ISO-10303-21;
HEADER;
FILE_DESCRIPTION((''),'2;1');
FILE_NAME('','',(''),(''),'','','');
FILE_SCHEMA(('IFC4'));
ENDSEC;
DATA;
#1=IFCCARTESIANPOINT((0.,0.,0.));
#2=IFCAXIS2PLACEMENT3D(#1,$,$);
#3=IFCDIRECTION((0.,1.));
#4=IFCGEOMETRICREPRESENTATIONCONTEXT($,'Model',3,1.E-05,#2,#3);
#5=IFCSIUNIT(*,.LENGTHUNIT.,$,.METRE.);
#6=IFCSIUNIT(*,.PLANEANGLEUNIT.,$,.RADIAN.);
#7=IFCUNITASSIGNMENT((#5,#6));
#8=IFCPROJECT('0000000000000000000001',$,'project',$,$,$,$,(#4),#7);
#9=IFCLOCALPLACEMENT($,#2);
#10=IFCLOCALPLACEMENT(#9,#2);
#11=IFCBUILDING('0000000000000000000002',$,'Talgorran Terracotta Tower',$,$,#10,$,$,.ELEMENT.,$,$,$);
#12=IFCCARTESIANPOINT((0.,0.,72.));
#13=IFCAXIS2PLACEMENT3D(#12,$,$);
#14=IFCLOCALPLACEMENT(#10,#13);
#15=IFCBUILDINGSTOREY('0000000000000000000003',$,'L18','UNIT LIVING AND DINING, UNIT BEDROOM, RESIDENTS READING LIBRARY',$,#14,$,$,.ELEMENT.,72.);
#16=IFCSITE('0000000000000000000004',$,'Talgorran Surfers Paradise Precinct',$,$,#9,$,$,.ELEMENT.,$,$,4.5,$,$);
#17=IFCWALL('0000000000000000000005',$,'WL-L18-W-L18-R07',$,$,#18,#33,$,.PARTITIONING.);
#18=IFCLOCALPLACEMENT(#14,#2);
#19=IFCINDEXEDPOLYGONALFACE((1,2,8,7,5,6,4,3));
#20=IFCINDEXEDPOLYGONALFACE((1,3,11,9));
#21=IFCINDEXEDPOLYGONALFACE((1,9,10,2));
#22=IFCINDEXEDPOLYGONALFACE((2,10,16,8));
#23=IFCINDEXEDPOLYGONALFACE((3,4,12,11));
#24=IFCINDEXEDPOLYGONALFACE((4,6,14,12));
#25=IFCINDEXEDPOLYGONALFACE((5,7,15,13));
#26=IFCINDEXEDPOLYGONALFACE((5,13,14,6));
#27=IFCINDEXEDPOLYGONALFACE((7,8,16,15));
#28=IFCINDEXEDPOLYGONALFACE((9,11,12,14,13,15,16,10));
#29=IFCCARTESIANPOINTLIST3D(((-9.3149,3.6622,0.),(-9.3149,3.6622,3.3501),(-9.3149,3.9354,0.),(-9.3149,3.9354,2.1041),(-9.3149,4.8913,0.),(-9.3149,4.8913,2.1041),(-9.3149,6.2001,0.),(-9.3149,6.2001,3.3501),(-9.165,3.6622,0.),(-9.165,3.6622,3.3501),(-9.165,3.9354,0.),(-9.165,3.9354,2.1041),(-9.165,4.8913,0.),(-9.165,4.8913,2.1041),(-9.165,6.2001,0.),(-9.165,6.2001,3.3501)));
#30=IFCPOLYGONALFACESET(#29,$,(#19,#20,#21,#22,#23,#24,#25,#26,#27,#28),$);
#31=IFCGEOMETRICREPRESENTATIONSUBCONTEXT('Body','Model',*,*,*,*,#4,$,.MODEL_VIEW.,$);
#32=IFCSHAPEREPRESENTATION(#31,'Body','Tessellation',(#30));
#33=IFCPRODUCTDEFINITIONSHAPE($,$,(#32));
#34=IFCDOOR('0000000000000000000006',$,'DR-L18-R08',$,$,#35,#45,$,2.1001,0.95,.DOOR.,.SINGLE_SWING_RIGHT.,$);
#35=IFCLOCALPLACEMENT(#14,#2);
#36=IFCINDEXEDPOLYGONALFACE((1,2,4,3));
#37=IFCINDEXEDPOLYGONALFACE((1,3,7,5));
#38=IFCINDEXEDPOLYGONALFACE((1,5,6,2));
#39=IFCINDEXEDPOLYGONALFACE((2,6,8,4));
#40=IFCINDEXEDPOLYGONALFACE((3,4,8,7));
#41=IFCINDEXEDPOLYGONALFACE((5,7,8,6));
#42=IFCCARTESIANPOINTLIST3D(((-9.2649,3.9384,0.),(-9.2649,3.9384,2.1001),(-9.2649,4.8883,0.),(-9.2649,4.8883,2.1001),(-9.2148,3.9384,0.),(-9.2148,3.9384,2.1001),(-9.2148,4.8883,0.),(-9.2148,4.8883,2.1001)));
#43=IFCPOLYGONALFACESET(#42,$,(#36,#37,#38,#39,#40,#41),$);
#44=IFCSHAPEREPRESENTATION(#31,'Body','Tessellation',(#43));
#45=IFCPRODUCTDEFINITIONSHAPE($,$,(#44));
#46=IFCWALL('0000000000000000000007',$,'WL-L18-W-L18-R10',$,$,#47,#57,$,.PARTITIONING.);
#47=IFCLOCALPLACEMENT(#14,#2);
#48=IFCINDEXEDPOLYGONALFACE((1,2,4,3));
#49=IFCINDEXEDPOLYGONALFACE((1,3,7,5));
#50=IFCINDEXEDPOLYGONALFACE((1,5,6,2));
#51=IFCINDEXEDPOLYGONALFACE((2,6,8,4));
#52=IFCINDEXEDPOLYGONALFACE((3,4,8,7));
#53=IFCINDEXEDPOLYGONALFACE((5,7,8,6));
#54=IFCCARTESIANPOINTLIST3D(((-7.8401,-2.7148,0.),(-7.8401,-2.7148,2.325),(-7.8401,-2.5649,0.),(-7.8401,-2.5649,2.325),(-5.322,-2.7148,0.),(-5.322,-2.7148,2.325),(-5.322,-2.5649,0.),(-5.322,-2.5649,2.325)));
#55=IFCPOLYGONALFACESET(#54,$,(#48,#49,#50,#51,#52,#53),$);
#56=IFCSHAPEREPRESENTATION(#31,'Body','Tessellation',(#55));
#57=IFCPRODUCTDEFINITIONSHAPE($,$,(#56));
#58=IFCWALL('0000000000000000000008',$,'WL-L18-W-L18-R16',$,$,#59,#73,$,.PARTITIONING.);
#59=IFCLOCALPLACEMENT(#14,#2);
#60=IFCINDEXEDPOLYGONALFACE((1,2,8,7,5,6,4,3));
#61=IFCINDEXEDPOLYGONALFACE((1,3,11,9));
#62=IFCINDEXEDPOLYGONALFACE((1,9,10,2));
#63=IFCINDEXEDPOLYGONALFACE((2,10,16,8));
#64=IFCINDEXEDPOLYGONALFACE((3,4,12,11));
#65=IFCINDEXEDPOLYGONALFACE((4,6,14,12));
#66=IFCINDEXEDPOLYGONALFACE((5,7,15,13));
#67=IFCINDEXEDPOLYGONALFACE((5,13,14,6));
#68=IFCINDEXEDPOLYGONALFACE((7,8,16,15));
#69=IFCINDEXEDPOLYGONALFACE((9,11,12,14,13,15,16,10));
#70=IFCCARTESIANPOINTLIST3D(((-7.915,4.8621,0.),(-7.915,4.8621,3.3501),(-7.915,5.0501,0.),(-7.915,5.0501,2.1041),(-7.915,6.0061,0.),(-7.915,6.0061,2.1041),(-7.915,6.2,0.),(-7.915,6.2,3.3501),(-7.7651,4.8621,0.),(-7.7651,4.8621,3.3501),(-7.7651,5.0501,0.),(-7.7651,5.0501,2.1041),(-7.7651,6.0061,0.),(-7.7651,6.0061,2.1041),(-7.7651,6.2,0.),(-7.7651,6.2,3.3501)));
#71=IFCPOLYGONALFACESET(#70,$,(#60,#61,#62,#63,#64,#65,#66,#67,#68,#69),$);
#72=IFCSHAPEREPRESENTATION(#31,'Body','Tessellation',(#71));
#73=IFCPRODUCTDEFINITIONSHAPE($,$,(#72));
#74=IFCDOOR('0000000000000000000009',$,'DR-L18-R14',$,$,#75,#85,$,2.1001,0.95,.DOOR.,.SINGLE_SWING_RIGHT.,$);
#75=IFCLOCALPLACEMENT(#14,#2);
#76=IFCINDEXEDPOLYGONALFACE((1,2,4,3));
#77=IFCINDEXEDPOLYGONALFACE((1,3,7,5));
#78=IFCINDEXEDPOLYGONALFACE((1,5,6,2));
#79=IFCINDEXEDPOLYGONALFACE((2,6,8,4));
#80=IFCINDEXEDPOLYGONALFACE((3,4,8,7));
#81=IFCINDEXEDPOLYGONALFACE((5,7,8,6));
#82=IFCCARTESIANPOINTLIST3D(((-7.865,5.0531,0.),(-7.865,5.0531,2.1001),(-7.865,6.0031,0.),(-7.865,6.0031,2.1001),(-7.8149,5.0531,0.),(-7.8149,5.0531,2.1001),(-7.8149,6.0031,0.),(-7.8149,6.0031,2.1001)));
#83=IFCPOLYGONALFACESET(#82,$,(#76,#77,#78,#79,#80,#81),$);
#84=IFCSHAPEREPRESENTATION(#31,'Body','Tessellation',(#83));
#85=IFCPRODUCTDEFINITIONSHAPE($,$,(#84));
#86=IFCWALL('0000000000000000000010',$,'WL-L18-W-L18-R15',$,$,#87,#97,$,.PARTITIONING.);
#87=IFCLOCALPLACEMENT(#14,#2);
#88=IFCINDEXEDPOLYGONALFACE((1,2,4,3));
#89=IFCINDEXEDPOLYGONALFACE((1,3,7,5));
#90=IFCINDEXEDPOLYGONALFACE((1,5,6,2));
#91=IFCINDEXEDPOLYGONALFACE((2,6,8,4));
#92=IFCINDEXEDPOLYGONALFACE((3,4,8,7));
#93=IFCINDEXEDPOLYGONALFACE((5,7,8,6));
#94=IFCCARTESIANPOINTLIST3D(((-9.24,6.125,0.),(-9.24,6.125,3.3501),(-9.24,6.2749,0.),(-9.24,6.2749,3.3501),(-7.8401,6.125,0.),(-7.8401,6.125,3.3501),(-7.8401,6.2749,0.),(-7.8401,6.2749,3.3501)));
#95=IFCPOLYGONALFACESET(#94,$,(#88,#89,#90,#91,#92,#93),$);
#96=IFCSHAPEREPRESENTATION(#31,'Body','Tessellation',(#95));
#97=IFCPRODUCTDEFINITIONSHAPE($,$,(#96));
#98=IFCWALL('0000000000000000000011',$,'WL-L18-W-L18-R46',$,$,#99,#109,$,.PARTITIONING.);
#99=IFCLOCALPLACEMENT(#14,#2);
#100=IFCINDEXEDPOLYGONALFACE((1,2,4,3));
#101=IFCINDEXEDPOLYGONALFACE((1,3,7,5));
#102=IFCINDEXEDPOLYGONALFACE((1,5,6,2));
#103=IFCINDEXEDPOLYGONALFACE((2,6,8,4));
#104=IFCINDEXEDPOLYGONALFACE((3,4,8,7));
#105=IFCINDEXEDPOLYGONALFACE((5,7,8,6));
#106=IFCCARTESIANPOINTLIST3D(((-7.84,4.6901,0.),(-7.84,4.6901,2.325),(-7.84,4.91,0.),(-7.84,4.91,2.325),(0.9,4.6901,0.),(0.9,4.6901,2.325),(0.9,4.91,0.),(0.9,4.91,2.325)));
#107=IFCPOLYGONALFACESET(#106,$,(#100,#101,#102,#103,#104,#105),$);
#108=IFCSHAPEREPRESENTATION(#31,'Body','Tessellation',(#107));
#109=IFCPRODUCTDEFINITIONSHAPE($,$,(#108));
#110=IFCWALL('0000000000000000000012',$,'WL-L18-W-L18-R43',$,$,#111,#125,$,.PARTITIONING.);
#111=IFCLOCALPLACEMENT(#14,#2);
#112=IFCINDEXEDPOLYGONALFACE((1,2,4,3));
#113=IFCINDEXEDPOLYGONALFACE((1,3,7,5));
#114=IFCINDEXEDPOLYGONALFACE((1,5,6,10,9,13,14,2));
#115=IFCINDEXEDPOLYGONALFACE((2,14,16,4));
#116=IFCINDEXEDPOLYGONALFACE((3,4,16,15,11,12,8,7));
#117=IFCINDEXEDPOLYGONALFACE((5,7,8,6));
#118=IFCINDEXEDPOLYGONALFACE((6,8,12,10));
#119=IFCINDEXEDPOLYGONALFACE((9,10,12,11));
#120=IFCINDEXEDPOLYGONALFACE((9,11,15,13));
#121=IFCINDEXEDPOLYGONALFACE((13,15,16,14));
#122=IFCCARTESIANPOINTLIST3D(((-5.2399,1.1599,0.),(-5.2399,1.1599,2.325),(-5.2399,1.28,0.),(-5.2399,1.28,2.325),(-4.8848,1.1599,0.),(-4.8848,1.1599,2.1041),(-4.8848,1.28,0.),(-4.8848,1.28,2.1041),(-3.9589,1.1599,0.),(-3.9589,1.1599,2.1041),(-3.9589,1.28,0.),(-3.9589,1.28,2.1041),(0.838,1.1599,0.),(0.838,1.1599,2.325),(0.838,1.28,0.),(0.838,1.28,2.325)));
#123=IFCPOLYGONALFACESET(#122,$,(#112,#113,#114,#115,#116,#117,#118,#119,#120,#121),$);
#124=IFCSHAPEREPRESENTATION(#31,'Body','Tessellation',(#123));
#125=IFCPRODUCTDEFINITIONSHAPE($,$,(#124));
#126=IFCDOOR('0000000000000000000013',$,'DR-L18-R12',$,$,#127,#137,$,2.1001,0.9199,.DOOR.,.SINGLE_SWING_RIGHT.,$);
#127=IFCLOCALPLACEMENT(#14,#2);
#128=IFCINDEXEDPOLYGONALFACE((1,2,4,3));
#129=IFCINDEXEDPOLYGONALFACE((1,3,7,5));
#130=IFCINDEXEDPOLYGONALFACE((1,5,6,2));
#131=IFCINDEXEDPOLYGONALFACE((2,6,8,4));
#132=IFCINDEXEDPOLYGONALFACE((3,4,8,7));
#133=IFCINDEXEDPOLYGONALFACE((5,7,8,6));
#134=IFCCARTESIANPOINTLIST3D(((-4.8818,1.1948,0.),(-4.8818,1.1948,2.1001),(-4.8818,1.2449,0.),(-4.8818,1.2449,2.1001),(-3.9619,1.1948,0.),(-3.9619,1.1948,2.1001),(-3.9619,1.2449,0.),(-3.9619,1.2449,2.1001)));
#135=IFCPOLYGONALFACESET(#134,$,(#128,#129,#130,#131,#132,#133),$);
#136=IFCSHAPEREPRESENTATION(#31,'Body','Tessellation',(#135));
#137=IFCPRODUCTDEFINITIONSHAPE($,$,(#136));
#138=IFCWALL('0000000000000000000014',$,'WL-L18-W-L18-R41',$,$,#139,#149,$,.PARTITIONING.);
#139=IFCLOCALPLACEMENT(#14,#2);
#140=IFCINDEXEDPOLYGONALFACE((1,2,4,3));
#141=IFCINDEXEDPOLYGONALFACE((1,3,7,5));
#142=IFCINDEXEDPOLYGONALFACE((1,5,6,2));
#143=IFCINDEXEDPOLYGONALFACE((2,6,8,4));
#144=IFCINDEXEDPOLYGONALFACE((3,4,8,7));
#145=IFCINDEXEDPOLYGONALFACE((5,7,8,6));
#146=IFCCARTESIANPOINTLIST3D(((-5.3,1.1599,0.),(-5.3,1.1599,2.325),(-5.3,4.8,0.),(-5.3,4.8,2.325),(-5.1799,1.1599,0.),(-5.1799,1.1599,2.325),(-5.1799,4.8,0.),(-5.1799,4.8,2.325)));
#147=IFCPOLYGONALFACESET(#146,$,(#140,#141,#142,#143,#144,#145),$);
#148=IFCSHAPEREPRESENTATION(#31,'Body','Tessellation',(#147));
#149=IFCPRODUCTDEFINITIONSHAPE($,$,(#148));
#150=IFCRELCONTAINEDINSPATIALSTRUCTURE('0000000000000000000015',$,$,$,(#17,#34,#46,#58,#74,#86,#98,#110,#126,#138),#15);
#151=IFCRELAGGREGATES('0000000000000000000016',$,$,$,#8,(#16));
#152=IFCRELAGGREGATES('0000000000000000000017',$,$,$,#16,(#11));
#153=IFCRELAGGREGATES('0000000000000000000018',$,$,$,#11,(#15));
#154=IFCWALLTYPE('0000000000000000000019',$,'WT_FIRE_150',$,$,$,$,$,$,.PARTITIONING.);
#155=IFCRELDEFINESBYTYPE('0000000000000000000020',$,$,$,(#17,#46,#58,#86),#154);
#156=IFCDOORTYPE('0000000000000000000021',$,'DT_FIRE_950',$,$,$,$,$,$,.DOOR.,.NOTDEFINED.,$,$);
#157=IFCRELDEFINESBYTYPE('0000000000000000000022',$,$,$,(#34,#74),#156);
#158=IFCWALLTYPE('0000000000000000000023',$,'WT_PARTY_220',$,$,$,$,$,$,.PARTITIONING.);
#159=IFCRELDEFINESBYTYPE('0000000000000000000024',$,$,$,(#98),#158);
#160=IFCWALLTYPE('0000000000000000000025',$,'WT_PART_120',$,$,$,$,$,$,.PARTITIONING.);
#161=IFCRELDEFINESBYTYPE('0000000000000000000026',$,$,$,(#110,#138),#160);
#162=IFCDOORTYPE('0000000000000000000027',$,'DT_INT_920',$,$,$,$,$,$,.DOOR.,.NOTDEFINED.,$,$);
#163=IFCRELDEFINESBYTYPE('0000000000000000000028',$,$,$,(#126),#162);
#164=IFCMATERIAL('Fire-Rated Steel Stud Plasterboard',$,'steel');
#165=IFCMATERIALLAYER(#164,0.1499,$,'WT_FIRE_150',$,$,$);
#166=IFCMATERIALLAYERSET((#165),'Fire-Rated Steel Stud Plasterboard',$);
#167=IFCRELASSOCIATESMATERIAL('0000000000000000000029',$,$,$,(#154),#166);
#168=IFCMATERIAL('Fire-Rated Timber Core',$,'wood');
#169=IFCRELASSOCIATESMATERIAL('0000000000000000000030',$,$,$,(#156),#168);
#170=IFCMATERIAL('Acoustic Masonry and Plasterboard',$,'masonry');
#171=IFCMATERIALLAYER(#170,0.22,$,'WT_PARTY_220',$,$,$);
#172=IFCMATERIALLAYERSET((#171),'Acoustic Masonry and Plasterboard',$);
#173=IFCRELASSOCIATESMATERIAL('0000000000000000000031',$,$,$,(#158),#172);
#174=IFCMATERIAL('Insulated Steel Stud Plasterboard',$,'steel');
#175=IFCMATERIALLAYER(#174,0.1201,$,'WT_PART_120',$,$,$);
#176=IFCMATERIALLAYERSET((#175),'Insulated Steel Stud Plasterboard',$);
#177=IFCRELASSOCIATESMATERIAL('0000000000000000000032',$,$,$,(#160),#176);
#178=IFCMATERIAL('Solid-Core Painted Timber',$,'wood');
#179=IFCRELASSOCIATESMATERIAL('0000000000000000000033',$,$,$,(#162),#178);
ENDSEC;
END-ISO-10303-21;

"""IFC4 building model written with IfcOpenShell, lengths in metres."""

from ifc_helpers import new_model, si_unit, direction, frame, frame_2d, origin, place, context, subcontext, project, spatial, rectangle, extrude, material, layer, layer_set, type_object, element, fill, save


model = new_model("IFC4")

# Units and contexts
model_context = context("Model", 3, precision=1e-05, world=origin(), true_north=direction((0.0, 1.0)))
body_context = subcontext(model_context, "Body", "Model", "MODEL_VIEW")
ifc_project = project(units=[si_unit("LENGTHUNIT", "METRE"), si_unit("PLANEANGLEUNIT", "RADIAN")], contexts=[model_context])

# Site, building, storey
site_placement = place(None, origin())
site = spatial("IfcSite", under=ifc_project, at=site_placement, Name="Talgorran Surfers Paradise Precinct", CompositionType="ELEMENT", RefElevation=4.5)
building_placement = place(site_placement, origin())
building = spatial("IfcBuilding", under=site, at=building_placement, Name="Talgorran Terracotta Tower", CompositionType="ELEMENT")
storey_placement = place(building_placement, frame((0.0, 0.0, 72.0)))
storey = spatial("IfcBuildingStorey", under=building, at=storey_placement, Name="L18", Description="UNIT LIVING AND DINING, UNIT BEDROOM, RESIDENTS READING LIBRARY", CompositionType="ELEMENT", Elevation=72.0)

# Shared definitions
ifc_material_1 = material(Name="Fire-Rated Steel Stud Plasterboard", Category="steel")
ifc_layer_1 = layer(ifc_material_1, 0.1499, Name="WT_FIRE_150")
ifc_layer_set_1 = layer_set([ifc_layer_1], Name="Fire-Rated Steel Stud Plasterboard")
wall_type_1 = type_object("IfcWallType", Name="WT_FIRE_150", PredefinedType="PARTITIONING", material=ifc_layer_set_1)
ifc_material_2 = material(Name="Fire-Rated Timber Core", Category="wood")
door_type_1 = type_object("IfcDoorType", Name="DT_FIRE_950", OperationType="NOTDEFINED", PredefinedType="DOOR", material=ifc_material_2)

# Wall, opening, door
wall_1_placement = place(storey_placement, frame((-9.24, 3.6621, 0.0), z_axis=(0.0, 0.0, 1.0), x_axis=(0.0, 1.0, 0.0)))
wall_1 = element("IfcWall", 1, at=wall_1_placement, inside=storey, type_object=wall_type_1, Name="WL-L18-W-L18-R07", PredefinedType="PARTITIONING", context=body_context, shape_type="SweptSolid", body=[
    extrude(rectangle(XDim=2.5378, YDim=0.1499, at=frame_2d((1.269, 0.0))), origin(), (0.0, 0.0, 1.0), 3.3501),
])
opening_1_placement = place(wall_1_placement, frame((0.2761, 0.0, 0.0)))
opening_1 = element("IfcOpeningElement", 2, at=opening_1_placement, cuts=wall_1, PredefinedType="OPENING", context=body_context, shape_type="SweptSolid", body=[
    extrude(rectangle(XDim=0.956, YDim=2.1041, at=frame_2d((0.4751, 1.052))), frame((0.0, 0.085, 0.0), z_axis=(0.0, -1.0, 0.0), x_axis=(1.0, 0.0, 0.0)), (0.0, 0.0, 1.0), 0.1699),
])
door_1_placement = place(opening_1_placement, origin())
door_1 = element("IfcDoor", 3, at=door_1_placement, inside=storey, type_object=door_type_1, Name="DR-L18-R08", OperationType="SINGLE_SWING_RIGHT", OverallHeight=2.1001, OverallWidth=0.95, PredefinedType="DOOR", context=body_context, shape_type="SweptSolid", body=[
    extrude(rectangle(XDim=0.95, YDim=2.1001, at=frame_2d((0.4751, 1.05))), frame((0.0, 0.0249, 0.0), z_axis=(0.0, -1.0, 0.0), x_axis=(1.0, 0.0, 0.0)), (0.0, 0.0, 1.0), 0.05),
])
fill(opening_1, door_1)

# Wall
wall_2_placement = place(storey_placement, frame((-7.8401, -2.6399, 0.0), z_axis=(0.0, 0.0, 1.0), x_axis=(1.0, 0.0, 0.0)))
element("IfcWall", 4, at=wall_2_placement, inside=storey, type_object=wall_type_1, Name="WL-L18-W-L18-R10", PredefinedType="PARTITIONING", context=body_context, shape_type="SweptSolid", body=[
    extrude(rectangle(XDim=2.5181, YDim=0.1499, at=frame_2d((1.259, 0.0))), origin(), (0.0, 0.0, 1.0), 2.325),
])

# Wall, opening, door
wall_3_placement = place(storey_placement, frame((-7.8401, 4.8621, 0.0), z_axis=(0.0, 0.0, 1.0), x_axis=(0.0, 1.0, 0.0)))
wall_3 = element("IfcWall", 5, at=wall_3_placement, inside=storey, type_object=wall_type_1, Name="WL-L18-W-L18-R16", PredefinedType="PARTITIONING", context=body_context, shape_type="SweptSolid", body=[
    extrude(rectangle(XDim=1.3379, YDim=0.1499, at=frame_2d((0.6689, 0.0))), origin(), (0.0, 0.0, 1.0), 3.3501),
])
opening_2_placement = place(wall_3_placement, frame((0.1909, 0.0, 0.0)))
opening_2 = element("IfcOpeningElement", 6, at=opening_2_placement, cuts=wall_3, PredefinedType="OPENING", context=body_context, shape_type="SweptSolid", body=[
    extrude(rectangle(XDim=0.956, YDim=2.1041, at=frame_2d((0.4751, 1.052))), frame((0.0, 0.085, 0.0), z_axis=(0.0, -1.0, 0.0), x_axis=(1.0, 0.0, 0.0)), (0.0, 0.0, 1.0), 0.1699),
])
door_2_placement = place(opening_2_placement, origin())
door_2 = element("IfcDoor", 7, at=door_2_placement, inside=storey, type_object=door_type_1, Name="DR-L18-R14", OperationType="SINGLE_SWING_RIGHT", OverallHeight=2.1001, OverallWidth=0.95, PredefinedType="DOOR", context=body_context, shape_type="SweptSolid", body=[
    extrude(rectangle(XDim=0.95, YDim=2.1001, at=frame_2d((0.4751, 1.05))), frame((0.0, 0.0249, 0.0), z_axis=(0.0, -1.0, 0.0), x_axis=(1.0, 0.0, 0.0)), (0.0, 0.0, 1.0), 0.05),
])
fill(opening_2, door_2)

# Walls
wall_4_placement = place(storey_placement, frame((-9.24, 6.2, 0.0), z_axis=(0.0, 0.0, 1.0), x_axis=(1.0, 0.0, 0.0)))
element("IfcWall", 8, at=wall_4_placement, inside=storey, type_object=wall_type_1, Name="WL-L18-W-L18-R15", PredefinedType="PARTITIONING", context=body_context, shape_type="SweptSolid", body=[
    extrude(rectangle(XDim=1.3999, YDim=0.1499, at=frame_2d((0.7, 0.0))), origin(), (0.0, 0.0, 1.0), 3.3501),
])
ifc_material_3 = material(Name="Acoustic Masonry and Plasterboard", Category="masonry")
ifc_layer_2 = layer(ifc_material_3, 0.22, Name="WT_PARTY_220")
ifc_layer_set_2 = layer_set([ifc_layer_2], Name="Acoustic Masonry and Plasterboard")
wall_type_2 = type_object("IfcWallType", Name="WT_PARTY_220", PredefinedType="PARTITIONING", material=ifc_layer_set_2)
wall_5_placement = place(storey_placement, frame((-7.8401, 4.8, 0.0), z_axis=(0.0, 0.0, 1.0), x_axis=(1.0, 0.0, 0.0)))
element("IfcWall", 9, at=wall_5_placement, inside=storey, type_object=wall_type_2, Name="WL-L18-W-L18-R46", PredefinedType="PARTITIONING", context=body_context, shape_type="SweptSolid", body=[
    extrude(rectangle(XDim=8.74, YDim=0.22, at=frame_2d((4.3701, 0.0))), origin(), (0.0, 0.0, 1.0), 2.325),
])

# Wall, opening, door
ifc_material_4 = material(Name="Insulated Steel Stud Plasterboard", Category="steel")
ifc_layer_3 = layer(ifc_material_4, 0.1201, Name="WT_PART_120")
ifc_layer_set_3 = layer_set([ifc_layer_3], Name="Insulated Steel Stud Plasterboard")
wall_type_3 = type_object("IfcWallType", Name="WT_PART_120", PredefinedType="PARTITIONING", material=ifc_layer_set_3)
wall_6_placement = place(storey_placement, frame((-5.24, 1.22, 0.0), z_axis=(0.0, 0.0, 1.0), x_axis=(1.0, 0.0, 0.0)))
wall_6 = element("IfcWall", 10, at=wall_6_placement, inside=storey, type_object=wall_type_3, Name="WL-L18-W-L18-R43", PredefinedType="PARTITIONING", context=body_context, shape_type="SweptSolid", body=[
    extrude(rectangle(XDim=6.0779, YDim=0.1201, at=frame_2d((3.0391, 0.0))), origin(), (0.0, 0.0, 1.0), 2.325),
])
opening_3_placement = place(wall_6_placement, frame((0.3582, 0.0, 0.0)))
opening_3 = element("IfcOpeningElement", 11, at=opening_3_placement, cuts=wall_6, PredefinedType="OPENING", context=body_context, shape_type="SweptSolid", body=[
    extrude(rectangle(XDim=0.9259, YDim=2.1041, at=frame_2d((0.46, 1.052))), frame((0.0, 0.0701, 0.0), z_axis=(0.0, -1.0, 0.0), x_axis=(1.0, 0.0, 0.0)), (0.0, 0.0, 1.0), 0.1401),
])
ifc_material_5 = material(Name="Solid-Core Painted Timber", Category="wood")
door_type_2 = type_object("IfcDoorType", Name="DT_INT_920", OperationType="NOTDEFINED", PredefinedType="DOOR", material=ifc_material_5)
door_3_placement = place(opening_3_placement, origin())
door_3 = element("IfcDoor", 12, at=door_3_placement, inside=storey, type_object=door_type_2, Name="DR-L18-R12", OperationType="SINGLE_SWING_RIGHT", OverallHeight=2.1001, OverallWidth=0.9199, PredefinedType="DOOR", context=body_context, shape_type="SweptSolid", body=[
    extrude(rectangle(XDim=0.9199, YDim=2.1001, at=frame_2d((0.46, 1.05))), frame((0.0, 0.0249, 0.0), z_axis=(0.0, -1.0, 0.0), x_axis=(1.0, 0.0, 0.0)), (0.0, 0.0, 1.0), 0.05),
])
fill(opening_3, door_3)

# Wall
wall_7_placement = place(storey_placement, frame((-5.24, 1.1599, 0.0), z_axis=(0.0, 0.0, 1.0), x_axis=(0.0, 1.0, 0.0)))
element("IfcWall", 13, at=wall_7_placement, inside=storey, type_object=wall_type_3, Name="WL-L18-W-L18-R41", PredefinedType="PARTITIONING", context=body_context, shape_type="SweptSolid", body=[
    extrude(rectangle(XDim=3.6401, YDim=0.1201, at=frame_2d((1.8201, 0.0))), origin(), (0.0, 0.0, 1.0), 2.325),
])

save(model, "model.ifc")
